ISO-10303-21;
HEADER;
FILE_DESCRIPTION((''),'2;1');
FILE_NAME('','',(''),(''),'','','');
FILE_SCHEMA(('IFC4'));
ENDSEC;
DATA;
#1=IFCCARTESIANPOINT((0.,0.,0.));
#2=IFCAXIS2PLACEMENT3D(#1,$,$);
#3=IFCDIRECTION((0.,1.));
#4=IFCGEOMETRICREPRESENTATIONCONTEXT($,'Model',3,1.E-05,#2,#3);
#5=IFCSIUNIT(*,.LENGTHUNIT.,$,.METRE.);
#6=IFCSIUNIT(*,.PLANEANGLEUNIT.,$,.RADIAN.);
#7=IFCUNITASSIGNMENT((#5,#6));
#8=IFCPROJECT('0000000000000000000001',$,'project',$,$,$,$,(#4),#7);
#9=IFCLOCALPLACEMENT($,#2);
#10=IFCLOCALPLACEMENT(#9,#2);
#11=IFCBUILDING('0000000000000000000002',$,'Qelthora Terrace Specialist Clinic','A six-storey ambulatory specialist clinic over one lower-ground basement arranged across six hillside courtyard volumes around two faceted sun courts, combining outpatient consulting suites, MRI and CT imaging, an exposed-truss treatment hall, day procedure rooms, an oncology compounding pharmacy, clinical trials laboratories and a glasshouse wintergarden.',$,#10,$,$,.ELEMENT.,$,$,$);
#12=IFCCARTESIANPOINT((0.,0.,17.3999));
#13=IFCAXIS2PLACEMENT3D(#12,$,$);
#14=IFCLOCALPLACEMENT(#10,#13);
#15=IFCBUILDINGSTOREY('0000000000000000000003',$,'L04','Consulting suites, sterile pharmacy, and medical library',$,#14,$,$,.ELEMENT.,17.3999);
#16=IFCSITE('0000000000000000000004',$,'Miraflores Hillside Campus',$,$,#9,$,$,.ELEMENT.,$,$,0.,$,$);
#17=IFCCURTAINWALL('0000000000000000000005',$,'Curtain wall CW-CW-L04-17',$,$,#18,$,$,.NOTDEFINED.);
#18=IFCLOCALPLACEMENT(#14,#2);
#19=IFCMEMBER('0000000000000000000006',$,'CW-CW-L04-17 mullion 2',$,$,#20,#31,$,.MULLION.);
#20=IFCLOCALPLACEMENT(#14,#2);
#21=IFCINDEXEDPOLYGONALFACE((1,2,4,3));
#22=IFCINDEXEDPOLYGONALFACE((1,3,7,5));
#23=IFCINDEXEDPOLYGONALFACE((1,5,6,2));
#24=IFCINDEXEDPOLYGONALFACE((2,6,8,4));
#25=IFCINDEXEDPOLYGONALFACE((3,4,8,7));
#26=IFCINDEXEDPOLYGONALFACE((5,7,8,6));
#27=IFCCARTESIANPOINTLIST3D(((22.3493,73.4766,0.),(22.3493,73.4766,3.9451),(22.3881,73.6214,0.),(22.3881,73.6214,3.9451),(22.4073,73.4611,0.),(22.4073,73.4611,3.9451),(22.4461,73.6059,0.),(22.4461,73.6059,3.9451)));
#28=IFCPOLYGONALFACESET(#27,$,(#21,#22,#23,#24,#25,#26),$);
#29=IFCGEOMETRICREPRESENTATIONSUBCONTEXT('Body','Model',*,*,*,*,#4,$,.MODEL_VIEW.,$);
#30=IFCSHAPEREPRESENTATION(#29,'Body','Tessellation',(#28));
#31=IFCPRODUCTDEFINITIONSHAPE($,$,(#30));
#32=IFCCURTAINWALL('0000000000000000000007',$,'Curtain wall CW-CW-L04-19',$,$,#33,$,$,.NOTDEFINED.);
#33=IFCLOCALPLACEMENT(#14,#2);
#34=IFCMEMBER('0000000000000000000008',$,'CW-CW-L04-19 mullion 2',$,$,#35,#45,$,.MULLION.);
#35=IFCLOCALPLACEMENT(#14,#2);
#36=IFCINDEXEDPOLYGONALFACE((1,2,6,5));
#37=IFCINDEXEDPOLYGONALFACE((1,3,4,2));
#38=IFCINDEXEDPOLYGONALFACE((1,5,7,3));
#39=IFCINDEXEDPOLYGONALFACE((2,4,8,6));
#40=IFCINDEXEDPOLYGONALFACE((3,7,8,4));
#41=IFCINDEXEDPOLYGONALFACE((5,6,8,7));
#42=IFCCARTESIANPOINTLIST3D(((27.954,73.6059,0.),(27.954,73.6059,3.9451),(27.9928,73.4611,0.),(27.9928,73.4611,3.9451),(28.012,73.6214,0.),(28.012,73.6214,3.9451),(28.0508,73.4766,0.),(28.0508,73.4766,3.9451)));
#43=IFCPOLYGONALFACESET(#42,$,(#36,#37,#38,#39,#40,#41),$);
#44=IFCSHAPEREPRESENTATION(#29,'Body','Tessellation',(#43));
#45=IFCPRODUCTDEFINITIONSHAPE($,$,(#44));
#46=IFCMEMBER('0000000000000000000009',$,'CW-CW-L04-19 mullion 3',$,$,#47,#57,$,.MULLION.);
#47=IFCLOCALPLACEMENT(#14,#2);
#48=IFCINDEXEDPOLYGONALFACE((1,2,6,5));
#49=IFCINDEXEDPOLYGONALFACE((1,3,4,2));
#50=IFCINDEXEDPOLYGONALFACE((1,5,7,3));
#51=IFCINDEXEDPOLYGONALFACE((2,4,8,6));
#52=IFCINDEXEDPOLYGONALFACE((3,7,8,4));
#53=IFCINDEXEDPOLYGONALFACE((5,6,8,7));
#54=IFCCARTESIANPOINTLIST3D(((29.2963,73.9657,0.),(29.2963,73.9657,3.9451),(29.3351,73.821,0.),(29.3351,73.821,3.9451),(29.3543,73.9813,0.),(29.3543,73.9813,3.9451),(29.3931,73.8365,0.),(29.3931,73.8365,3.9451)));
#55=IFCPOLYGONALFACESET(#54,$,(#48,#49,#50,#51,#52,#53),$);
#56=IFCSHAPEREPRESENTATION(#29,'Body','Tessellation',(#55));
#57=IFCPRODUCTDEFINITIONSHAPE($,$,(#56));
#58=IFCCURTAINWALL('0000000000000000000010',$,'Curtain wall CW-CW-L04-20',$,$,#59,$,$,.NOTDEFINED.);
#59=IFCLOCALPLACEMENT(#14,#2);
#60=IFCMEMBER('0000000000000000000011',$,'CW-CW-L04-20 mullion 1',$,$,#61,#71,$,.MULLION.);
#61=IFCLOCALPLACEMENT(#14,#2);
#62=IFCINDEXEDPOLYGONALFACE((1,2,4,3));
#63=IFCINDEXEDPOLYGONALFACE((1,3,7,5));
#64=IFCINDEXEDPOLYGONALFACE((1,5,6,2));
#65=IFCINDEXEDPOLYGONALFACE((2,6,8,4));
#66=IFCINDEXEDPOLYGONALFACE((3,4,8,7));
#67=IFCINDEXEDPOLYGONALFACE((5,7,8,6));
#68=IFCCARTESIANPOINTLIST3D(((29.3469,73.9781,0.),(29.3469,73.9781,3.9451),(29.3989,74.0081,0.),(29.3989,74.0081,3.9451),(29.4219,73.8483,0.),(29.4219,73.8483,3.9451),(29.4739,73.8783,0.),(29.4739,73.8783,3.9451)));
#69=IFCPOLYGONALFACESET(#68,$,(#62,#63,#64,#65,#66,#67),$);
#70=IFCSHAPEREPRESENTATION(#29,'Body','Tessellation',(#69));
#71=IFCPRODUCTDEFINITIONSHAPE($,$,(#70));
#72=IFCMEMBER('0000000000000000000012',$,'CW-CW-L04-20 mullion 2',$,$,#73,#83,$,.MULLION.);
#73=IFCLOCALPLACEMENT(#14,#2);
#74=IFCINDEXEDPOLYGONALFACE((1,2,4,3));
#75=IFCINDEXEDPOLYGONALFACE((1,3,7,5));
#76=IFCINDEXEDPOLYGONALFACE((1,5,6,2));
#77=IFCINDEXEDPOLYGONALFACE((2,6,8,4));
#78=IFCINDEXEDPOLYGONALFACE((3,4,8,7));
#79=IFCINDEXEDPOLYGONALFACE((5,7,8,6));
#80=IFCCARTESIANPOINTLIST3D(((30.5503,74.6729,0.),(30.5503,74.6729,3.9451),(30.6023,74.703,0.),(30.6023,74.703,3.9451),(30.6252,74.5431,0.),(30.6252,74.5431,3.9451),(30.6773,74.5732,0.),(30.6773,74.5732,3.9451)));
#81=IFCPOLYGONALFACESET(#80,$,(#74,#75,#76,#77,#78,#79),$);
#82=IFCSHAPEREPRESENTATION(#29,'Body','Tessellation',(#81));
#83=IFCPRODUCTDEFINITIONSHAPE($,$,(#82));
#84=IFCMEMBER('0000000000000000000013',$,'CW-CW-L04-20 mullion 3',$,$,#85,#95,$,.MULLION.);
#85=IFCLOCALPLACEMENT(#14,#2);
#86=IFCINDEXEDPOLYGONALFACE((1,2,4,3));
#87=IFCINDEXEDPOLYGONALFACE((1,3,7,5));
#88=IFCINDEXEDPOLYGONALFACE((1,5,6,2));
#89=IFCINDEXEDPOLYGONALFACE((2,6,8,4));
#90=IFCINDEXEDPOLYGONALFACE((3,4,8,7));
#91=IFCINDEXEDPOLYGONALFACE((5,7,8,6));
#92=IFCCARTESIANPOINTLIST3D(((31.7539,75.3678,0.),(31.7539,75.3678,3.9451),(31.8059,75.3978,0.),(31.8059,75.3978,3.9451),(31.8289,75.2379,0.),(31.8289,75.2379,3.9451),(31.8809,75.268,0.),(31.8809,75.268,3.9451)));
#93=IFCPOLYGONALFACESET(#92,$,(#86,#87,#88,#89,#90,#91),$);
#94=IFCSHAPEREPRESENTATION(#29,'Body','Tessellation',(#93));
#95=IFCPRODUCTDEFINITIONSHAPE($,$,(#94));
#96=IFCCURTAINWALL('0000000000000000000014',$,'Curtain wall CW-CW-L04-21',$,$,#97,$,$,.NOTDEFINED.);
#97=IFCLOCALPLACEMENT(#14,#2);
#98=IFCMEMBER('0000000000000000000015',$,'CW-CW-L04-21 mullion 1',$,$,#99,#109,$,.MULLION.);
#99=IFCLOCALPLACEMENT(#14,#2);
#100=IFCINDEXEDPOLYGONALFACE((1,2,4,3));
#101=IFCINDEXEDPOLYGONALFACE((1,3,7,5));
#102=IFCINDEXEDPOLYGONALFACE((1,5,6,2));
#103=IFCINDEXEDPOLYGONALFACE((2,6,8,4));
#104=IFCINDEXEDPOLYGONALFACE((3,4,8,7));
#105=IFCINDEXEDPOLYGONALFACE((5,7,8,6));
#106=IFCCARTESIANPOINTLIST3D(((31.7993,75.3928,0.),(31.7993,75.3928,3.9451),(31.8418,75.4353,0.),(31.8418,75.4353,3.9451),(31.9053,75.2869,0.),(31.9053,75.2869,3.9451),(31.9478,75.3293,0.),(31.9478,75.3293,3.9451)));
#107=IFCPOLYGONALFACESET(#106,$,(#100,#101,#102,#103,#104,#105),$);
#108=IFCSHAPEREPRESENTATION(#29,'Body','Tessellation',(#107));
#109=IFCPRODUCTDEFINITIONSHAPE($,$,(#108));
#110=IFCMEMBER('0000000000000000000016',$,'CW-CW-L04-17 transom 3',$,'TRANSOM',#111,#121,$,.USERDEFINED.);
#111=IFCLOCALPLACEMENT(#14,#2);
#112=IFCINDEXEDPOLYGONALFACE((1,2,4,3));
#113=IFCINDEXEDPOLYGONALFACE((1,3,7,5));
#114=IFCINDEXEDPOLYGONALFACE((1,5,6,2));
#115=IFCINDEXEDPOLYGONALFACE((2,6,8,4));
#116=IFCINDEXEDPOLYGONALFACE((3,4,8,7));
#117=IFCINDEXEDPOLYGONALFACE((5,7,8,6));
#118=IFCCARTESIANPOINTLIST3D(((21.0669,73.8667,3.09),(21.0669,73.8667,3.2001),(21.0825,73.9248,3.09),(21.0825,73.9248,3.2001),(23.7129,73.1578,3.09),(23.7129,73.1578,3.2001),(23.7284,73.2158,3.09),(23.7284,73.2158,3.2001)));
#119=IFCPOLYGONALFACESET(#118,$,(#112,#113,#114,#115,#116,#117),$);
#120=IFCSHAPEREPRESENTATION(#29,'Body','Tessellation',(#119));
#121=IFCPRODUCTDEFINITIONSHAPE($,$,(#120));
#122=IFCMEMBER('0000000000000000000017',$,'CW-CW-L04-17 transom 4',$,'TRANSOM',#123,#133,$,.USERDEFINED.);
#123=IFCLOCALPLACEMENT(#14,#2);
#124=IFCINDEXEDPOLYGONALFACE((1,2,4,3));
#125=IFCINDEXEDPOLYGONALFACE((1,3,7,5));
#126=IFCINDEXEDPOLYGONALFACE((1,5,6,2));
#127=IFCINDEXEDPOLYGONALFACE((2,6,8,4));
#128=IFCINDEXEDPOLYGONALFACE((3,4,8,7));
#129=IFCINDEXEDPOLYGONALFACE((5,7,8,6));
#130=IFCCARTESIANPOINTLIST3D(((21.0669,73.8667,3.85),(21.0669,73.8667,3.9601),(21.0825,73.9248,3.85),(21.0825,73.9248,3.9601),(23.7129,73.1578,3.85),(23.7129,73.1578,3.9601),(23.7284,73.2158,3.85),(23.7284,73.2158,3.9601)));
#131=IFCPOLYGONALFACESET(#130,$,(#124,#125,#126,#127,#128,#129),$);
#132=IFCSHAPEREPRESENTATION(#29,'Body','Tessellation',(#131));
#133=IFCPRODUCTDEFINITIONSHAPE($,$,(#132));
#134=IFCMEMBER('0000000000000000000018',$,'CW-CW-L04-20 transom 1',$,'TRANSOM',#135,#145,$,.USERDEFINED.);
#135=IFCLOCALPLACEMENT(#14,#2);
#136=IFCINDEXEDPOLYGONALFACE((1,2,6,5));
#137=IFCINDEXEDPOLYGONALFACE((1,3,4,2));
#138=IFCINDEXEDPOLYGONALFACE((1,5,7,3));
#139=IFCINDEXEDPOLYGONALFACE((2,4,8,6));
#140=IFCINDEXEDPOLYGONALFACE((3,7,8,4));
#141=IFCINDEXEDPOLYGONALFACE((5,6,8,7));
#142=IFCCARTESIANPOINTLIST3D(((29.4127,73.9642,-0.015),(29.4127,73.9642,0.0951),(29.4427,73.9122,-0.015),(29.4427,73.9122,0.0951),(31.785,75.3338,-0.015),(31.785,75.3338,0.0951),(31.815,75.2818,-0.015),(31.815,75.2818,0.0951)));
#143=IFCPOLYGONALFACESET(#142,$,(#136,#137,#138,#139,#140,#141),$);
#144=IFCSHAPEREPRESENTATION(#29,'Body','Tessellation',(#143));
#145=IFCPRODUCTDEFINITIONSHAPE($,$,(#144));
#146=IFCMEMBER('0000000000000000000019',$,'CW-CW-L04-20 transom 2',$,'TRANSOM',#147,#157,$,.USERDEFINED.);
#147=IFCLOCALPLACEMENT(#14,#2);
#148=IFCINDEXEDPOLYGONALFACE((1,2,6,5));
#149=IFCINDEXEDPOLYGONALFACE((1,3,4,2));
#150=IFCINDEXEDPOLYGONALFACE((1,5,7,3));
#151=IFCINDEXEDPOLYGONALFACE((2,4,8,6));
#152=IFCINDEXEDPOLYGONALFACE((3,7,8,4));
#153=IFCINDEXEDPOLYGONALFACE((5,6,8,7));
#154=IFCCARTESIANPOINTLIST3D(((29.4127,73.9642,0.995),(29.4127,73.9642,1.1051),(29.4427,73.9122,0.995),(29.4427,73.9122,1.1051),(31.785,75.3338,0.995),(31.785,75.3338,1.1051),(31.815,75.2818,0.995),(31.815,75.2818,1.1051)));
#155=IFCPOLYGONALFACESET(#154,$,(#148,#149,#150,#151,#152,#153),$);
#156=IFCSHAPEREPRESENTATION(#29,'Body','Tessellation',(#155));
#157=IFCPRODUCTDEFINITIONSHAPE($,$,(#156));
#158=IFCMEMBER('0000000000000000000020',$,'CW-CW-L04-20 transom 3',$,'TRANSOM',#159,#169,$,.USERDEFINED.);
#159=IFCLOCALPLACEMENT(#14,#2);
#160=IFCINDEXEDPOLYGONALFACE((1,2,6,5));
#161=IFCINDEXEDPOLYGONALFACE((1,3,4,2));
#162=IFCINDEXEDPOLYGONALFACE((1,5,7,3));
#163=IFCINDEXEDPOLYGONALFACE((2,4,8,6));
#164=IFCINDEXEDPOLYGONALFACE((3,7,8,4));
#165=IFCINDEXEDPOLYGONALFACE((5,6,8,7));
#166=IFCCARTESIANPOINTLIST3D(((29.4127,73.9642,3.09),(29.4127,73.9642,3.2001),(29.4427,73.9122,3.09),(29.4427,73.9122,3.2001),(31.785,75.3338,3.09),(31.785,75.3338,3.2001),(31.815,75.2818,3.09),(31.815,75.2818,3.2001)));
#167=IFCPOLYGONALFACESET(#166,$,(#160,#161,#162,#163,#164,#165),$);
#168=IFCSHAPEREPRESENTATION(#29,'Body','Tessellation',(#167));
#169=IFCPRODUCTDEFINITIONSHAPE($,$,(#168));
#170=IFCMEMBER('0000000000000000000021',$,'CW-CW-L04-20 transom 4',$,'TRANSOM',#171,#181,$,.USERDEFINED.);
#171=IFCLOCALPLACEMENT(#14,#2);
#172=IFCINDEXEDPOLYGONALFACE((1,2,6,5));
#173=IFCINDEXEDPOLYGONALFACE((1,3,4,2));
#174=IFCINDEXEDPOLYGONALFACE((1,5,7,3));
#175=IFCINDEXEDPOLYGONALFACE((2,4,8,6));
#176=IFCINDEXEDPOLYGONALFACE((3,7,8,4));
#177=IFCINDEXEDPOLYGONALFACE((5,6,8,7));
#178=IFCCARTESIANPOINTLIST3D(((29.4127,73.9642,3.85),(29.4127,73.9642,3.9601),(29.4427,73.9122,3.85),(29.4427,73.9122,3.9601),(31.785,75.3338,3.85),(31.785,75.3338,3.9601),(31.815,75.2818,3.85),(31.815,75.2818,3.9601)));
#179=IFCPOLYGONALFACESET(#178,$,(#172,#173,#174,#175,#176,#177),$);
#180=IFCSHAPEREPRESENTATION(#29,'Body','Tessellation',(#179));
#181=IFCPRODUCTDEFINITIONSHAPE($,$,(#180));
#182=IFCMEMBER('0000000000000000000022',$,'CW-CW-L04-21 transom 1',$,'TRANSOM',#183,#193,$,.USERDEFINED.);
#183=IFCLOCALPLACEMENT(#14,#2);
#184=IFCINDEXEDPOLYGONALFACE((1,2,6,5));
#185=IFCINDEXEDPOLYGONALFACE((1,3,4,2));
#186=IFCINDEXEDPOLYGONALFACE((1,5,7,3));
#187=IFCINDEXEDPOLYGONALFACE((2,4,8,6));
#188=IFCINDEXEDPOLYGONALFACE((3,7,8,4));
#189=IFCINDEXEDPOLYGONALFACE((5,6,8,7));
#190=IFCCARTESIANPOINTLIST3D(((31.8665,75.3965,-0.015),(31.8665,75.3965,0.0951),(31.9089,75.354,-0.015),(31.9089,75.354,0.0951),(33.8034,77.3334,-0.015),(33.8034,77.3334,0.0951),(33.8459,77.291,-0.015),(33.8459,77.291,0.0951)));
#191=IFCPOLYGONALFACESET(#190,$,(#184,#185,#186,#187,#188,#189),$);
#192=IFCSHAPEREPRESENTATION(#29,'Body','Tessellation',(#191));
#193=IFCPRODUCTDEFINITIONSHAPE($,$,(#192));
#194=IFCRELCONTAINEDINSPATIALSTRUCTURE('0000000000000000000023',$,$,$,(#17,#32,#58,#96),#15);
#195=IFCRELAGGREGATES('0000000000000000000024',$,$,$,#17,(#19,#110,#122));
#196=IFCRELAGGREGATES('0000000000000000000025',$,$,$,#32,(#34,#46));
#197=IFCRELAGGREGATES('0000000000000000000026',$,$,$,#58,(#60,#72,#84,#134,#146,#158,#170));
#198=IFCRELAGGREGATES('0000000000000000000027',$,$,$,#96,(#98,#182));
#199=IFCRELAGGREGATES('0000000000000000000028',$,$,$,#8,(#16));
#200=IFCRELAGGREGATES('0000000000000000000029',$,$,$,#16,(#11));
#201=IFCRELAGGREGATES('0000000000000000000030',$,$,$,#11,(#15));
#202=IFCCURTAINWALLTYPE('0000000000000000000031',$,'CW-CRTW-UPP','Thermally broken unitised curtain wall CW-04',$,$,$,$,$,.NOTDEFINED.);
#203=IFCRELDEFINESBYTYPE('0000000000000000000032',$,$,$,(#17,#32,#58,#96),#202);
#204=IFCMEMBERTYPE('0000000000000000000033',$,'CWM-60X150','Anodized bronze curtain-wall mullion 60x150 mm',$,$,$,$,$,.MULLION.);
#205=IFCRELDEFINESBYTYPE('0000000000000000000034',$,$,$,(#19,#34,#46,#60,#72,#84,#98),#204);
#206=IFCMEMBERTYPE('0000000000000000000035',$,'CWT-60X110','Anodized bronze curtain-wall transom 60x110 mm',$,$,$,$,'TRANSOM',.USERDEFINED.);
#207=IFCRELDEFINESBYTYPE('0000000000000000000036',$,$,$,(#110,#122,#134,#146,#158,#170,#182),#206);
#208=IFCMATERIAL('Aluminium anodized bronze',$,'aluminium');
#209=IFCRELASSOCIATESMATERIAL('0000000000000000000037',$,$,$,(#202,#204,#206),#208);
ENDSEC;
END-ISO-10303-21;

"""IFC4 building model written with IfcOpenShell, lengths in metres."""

from ifc_helpers import new_model, si_unit, direction, frame, origin, origin_2d, place, context, subcontext, project, spatial, rectangle, extrude, material, material_profile, profile_set, type_object, element, aggregate, save


model = new_model("IFC4")

# Units and contexts
model_context = context("Model", 3, precision=1e-05, world=origin(), true_north=direction((0.0, 1.0)))
body_context = subcontext(model_context, "Body", "Model", "MODEL_VIEW")
ifc_project = project(units=[si_unit("LENGTHUNIT", "METRE"), si_unit("PLANEANGLEUNIT", "RADIAN")], contexts=[model_context])

# Site, building, storey
site_placement = place(None, origin())
site = spatial("IfcSite", under=ifc_project, at=site_placement, Name="Miraflores Hillside Campus", CompositionType="ELEMENT", RefElevation=0.0)
building_placement = place(site_placement, origin())
building = spatial("IfcBuilding", under=site, at=building_placement, Name="Qelthora Terrace Specialist Clinic", Description="A six-storey ambulatory specialist clinic over one lower-ground basement arranged across six hillside courtyard volumes around two faceted sun courts, combining outpatient consulting suites, MRI and CT imaging, an exposed-truss treatment hall, day procedure rooms, an oncology compounding pharmacy, clinical trials laboratories and a glasshouse wintergarden.", CompositionType="ELEMENT")
storey_placement = place(building_placement, frame((0.0, 0.0, 17.3999)))
storey = spatial("IfcBuildingStorey", under=building, at=storey_placement, Name="L04", Description="Consulting suites, sterile pharmacy, and medical library", CompositionType="ELEMENT", Elevation=17.3999)

# Curtain wall, member
ifc_material_1 = material(Name="Aluminium anodized bronze", Category="aluminium")
curtain_wall_type = type_object("IfcCurtainWallType", Name="CW-CRTW-UPP", Description="Thermally broken unitised curtain wall CW-04", PredefinedType="NOTDEFINED", material=ifc_material_1)
curtain_wall_1_placement = place(storey_placement, origin())
curtain_wall_1 = element("IfcCurtainWall", 1, at=curtain_wall_1_placement, inside=storey, type_object=curtain_wall_type, Name="Curtain wall CW-CW-L04-17", PredefinedType="NOTDEFINED")
ifc_material_profile_1 = material_profile(ifc_material_1, rectangle(XDim=0.0601, YDim=0.1499, at=origin_2d()), Name="CWM60X150")
ifc_profile_set_1 = profile_set([ifc_material_profile_1], Name="Aluminium anodized bronze")
member_type_1 = type_object("IfcMemberType", Name="CWM-60X150", Description="Anodized bronze curtain-wall mullion 60x150 mm", PredefinedType="MULLION", material=ifc_profile_set_1)
member_1_placement = place(storey_placement, frame((22.3977, 73.5413, 0.0), z_axis=(0.0, 0.0, 1.0), x_axis=(0.965925, -0.25882, 0.0)))
member_1 = element("IfcMember", 2, at=member_1_placement, type_object=member_type_1, Name="CW-CW-L04-17 mullion 2", PredefinedType="MULLION", context=body_context, shape_type="SweptSolid", body=[
    extrude(rectangle(XDim=0.0601, YDim=0.1499, at=origin_2d()), origin(), (0.0, 0.0, 1.0), 3.9451),
])

# Curtain walls, members
curtain_wall_2_placement = place(storey_placement, origin())
curtain_wall_2 = element("IfcCurtainWall", 3, at=curtain_wall_2_placement, inside=storey, type_object=curtain_wall_type, Name="Curtain wall CW-CW-L04-19", PredefinedType="NOTDEFINED")
member_2_placement = place(storey_placement, frame((28.0024, 73.5413, 0.0), z_axis=(0.0, 0.0, 1.0), x_axis=(0.965925, 0.25882, 0.0)))
member_2 = element("IfcMember", 4, at=member_2_placement, type_object=member_type_1, Name="CW-CW-L04-19 mullion 2", PredefinedType="MULLION", context=body_context, shape_type="SweptSolid", body=[
    extrude(rectangle(XDim=0.0601, YDim=0.1499, at=origin_2d()), origin(), (0.0, 0.0, 1.0), 3.9451),
])
member_3_placement = place(storey_placement, frame((29.3447, 73.9011, 0.0), z_axis=(0.0, 0.0, 1.0), x_axis=(0.965925, 0.25882, 0.0)))
member_3 = element("IfcMember", 5, at=member_3_placement, type_object=member_type_1, Name="CW-CW-L04-19 mullion 3", PredefinedType="MULLION", context=body_context, shape_type="SweptSolid", body=[
    extrude(rectangle(XDim=0.0601, YDim=0.1499, at=origin_2d()), origin(), (0.0, 0.0, 1.0), 3.9451),
])
curtain_wall_3_placement = place(storey_placement, origin())
curtain_wall_3 = element("IfcCurtainWall", 6, at=curtain_wall_3_placement, inside=storey, type_object=curtain_wall_type, Name="Curtain wall CW-CW-L04-20", PredefinedType="NOTDEFINED")
member_4_placement = place(storey_placement, frame((29.4104, 73.9282, 0.0), z_axis=(0.0, 0.0, 1.0), x_axis=(0.866026, 0.5, 0.0)))
member_4 = element("IfcMember", 7, at=member_4_placement, type_object=member_type_1, Name="CW-CW-L04-20 mullion 1", PredefinedType="MULLION", context=body_context, shape_type="SweptSolid", body=[
    extrude(rectangle(XDim=0.0601, YDim=0.1499, at=origin_2d()), origin(), (0.0, 0.0, 1.0), 3.9451),
])
member_5_placement = place(storey_placement, frame((30.6138, 74.623, 0.0), z_axis=(0.0, 0.0, 1.0), x_axis=(0.866026, 0.5, 0.0)))
member_5 = element("IfcMember", 8, at=member_5_placement, type_object=member_type_1, Name="CW-CW-L04-20 mullion 2", PredefinedType="MULLION", context=body_context, shape_type="SweptSolid", body=[
    extrude(rectangle(XDim=0.0601, YDim=0.1499, at=origin_2d()), origin(), (0.0, 0.0, 1.0), 3.9451),
])
member_6_placement = place(storey_placement, frame((31.8174, 75.3179, 0.0), z_axis=(0.0, 0.0, 1.0), x_axis=(0.866026, 0.5, 0.0)))
member_6 = element("IfcMember", 9, at=member_6_placement, type_object=member_type_1, Name="CW-CW-L04-20 mullion 3", PredefinedType="MULLION", context=body_context, shape_type="SweptSolid", body=[
    extrude(rectangle(XDim=0.0601, YDim=0.1499, at=origin_2d()), origin(), (0.0, 0.0, 1.0), 3.9451),
])

# Curtain wall, member
curtain_wall_4_placement = place(storey_placement, origin())
curtain_wall_4 = element("IfcCurtainWall", 10, at=curtain_wall_4_placement, inside=storey, type_object=curtain_wall_type, Name="Curtain wall CW-CW-L04-21", PredefinedType="NOTDEFINED")
member_7_placement = place(storey_placement, frame((31.8735, 75.3611, 0.0), z_axis=(0.0, 0.0, 1.0), x_axis=(0.707107, 0.707107, 0.0)))
member_7 = element("IfcMember", 11, at=member_7_placement, type_object=member_type_1, Name="CW-CW-L04-21 mullion 1", PredefinedType="MULLION", context=body_context, shape_type="SweptSolid", body=[
    extrude(rectangle(XDim=0.0601, YDim=0.1499, at=origin_2d()), origin(), (0.0, 0.0, 1.0), 3.9451),
])

# Members
ifc_material_profile_2 = material_profile(ifc_material_1, rectangle(XDim=0.0601, YDim=0.1101, at=origin_2d()), Name="CWT60X110")
ifc_profile_set_2 = profile_set([ifc_material_profile_2], Name="Aluminium anodized bronze")
member_type_2 = type_object("IfcMemberType", Name="CWT-60X110", Description="Anodized bronze curtain-wall transom 60x110 mm", ElementType="TRANSOM", PredefinedType="USERDEFINED", material=ifc_profile_set_2)
member_8_placement = place(storey_placement, frame((21.0747, 73.8958, 3.145), z_axis=(0.965927, -0.258816, 0.0), x_axis=(0.258816, 0.965927, 0.0)))
member_8 = element("IfcMember", 12, at=member_8_placement, type_object=member_type_2, Name="CW-CW-L04-17 transom 3", ObjectType="TRANSOM", PredefinedType="USERDEFINED", context=body_context, shape_type="SweptSolid", body=[
    extrude(rectangle(XDim=0.0601, YDim=0.1101, at=origin_2d()), origin(), (0.0, 0.0, 1.0), 2.7393),
])
member_9_placement = place(storey_placement, frame((21.0747, 73.8958, 3.905), z_axis=(0.965927, -0.258816, 0.0), x_axis=(0.258816, 0.965927, 0.0)))
member_9 = element("IfcMember", 13, at=member_9_placement, type_object=member_type_2, Name="CW-CW-L04-17 transom 4", ObjectType="TRANSOM", PredefinedType="USERDEFINED", context=body_context, shape_type="SweptSolid", body=[
    extrude(rectangle(XDim=0.0601, YDim=0.1101, at=origin_2d()), origin(), (0.0, 0.0, 1.0), 2.7393),
])
member_10_placement = place(storey_placement, frame((29.4277, 73.9382, 0.04), z_axis=(0.86603, 0.499992, 0.0), x_axis=(-0.499992, 0.86603, 0.0)))
member_10 = element("IfcMember", 14, at=member_10_placement, type_object=member_type_2, Name="CW-CW-L04-20 transom 1", ObjectType="TRANSOM", PredefinedType="USERDEFINED", context=body_context, shape_type="SweptSolid", body=[
    extrude(rectangle(XDim=0.0601, YDim=0.1101, at=origin_2d()), origin(), (0.0, 0.0, 1.0), 2.7393),
])
member_11_placement = place(storey_placement, frame((29.4277, 73.9382, 1.05), z_axis=(0.86603, 0.499992, 0.0), x_axis=(-0.499992, 0.86603, 0.0)))
member_11 = element("IfcMember", 15, at=member_11_placement, type_object=member_type_2, Name="CW-CW-L04-20 transom 2", ObjectType="TRANSOM", PredefinedType="USERDEFINED", context=body_context, shape_type="SweptSolid", body=[
    extrude(rectangle(XDim=0.0601, YDim=0.1101, at=origin_2d()), origin(), (0.0, 0.0, 1.0), 2.7393),
])
member_12_placement = place(storey_placement, frame((29.4277, 73.9382, 3.145), z_axis=(0.86603, 0.499992, 0.0), x_axis=(-0.499992, 0.86603, 0.0)))
member_12 = element("IfcMember", 16, at=member_12_placement, type_object=member_type_2, Name="CW-CW-L04-20 transom 3", ObjectType="TRANSOM", PredefinedType="USERDEFINED", context=body_context, shape_type="SweptSolid", body=[
    extrude(rectangle(XDim=0.0601, YDim=0.1101, at=origin_2d()), origin(), (0.0, 0.0, 1.0), 2.7393),
])
member_13_placement = place(storey_placement, frame((29.4277, 73.9382, 3.905), z_axis=(0.86603, 0.499992, 0.0), x_axis=(-0.499992, 0.86603, 0.0)))
member_13 = element("IfcMember", 17, at=member_13_placement, type_object=member_type_2, Name="CW-CW-L04-20 transom 4", ObjectType="TRANSOM", PredefinedType="USERDEFINED", context=body_context, shape_type="SweptSolid", body=[
    extrude(rectangle(XDim=0.0601, YDim=0.1101, at=origin_2d()), origin(), (0.0, 0.0, 1.0), 2.7393),
])
member_14_placement = place(storey_placement, frame((31.8877, 75.3752, 0.04), z_axis=(0.707107, 0.707107, 0.0), x_axis=(-0.707107, 0.707107, 0.0)))
member_14 = element("IfcMember", 18, at=member_14_placement, type_object=member_type_2, Name="CW-CW-L04-21 transom 1", ObjectType="TRANSOM", PredefinedType="USERDEFINED", context=body_context, shape_type="SweptSolid", body=[
    extrude(rectangle(XDim=0.0601, YDim=0.1101, at=origin_2d()), origin(), (0.0, 0.0, 1.0), 2.7393),
])

aggregate(curtain_wall_1, [member_1, member_8, member_9])
aggregate(curtain_wall_2, [member_2, member_3])
aggregate(curtain_wall_3, [member_4, member_5, member_6, member_10, member_11, member_12, member_13])
aggregate(curtain_wall_4, [member_7, member_14])

save(model, "model.ifc")
